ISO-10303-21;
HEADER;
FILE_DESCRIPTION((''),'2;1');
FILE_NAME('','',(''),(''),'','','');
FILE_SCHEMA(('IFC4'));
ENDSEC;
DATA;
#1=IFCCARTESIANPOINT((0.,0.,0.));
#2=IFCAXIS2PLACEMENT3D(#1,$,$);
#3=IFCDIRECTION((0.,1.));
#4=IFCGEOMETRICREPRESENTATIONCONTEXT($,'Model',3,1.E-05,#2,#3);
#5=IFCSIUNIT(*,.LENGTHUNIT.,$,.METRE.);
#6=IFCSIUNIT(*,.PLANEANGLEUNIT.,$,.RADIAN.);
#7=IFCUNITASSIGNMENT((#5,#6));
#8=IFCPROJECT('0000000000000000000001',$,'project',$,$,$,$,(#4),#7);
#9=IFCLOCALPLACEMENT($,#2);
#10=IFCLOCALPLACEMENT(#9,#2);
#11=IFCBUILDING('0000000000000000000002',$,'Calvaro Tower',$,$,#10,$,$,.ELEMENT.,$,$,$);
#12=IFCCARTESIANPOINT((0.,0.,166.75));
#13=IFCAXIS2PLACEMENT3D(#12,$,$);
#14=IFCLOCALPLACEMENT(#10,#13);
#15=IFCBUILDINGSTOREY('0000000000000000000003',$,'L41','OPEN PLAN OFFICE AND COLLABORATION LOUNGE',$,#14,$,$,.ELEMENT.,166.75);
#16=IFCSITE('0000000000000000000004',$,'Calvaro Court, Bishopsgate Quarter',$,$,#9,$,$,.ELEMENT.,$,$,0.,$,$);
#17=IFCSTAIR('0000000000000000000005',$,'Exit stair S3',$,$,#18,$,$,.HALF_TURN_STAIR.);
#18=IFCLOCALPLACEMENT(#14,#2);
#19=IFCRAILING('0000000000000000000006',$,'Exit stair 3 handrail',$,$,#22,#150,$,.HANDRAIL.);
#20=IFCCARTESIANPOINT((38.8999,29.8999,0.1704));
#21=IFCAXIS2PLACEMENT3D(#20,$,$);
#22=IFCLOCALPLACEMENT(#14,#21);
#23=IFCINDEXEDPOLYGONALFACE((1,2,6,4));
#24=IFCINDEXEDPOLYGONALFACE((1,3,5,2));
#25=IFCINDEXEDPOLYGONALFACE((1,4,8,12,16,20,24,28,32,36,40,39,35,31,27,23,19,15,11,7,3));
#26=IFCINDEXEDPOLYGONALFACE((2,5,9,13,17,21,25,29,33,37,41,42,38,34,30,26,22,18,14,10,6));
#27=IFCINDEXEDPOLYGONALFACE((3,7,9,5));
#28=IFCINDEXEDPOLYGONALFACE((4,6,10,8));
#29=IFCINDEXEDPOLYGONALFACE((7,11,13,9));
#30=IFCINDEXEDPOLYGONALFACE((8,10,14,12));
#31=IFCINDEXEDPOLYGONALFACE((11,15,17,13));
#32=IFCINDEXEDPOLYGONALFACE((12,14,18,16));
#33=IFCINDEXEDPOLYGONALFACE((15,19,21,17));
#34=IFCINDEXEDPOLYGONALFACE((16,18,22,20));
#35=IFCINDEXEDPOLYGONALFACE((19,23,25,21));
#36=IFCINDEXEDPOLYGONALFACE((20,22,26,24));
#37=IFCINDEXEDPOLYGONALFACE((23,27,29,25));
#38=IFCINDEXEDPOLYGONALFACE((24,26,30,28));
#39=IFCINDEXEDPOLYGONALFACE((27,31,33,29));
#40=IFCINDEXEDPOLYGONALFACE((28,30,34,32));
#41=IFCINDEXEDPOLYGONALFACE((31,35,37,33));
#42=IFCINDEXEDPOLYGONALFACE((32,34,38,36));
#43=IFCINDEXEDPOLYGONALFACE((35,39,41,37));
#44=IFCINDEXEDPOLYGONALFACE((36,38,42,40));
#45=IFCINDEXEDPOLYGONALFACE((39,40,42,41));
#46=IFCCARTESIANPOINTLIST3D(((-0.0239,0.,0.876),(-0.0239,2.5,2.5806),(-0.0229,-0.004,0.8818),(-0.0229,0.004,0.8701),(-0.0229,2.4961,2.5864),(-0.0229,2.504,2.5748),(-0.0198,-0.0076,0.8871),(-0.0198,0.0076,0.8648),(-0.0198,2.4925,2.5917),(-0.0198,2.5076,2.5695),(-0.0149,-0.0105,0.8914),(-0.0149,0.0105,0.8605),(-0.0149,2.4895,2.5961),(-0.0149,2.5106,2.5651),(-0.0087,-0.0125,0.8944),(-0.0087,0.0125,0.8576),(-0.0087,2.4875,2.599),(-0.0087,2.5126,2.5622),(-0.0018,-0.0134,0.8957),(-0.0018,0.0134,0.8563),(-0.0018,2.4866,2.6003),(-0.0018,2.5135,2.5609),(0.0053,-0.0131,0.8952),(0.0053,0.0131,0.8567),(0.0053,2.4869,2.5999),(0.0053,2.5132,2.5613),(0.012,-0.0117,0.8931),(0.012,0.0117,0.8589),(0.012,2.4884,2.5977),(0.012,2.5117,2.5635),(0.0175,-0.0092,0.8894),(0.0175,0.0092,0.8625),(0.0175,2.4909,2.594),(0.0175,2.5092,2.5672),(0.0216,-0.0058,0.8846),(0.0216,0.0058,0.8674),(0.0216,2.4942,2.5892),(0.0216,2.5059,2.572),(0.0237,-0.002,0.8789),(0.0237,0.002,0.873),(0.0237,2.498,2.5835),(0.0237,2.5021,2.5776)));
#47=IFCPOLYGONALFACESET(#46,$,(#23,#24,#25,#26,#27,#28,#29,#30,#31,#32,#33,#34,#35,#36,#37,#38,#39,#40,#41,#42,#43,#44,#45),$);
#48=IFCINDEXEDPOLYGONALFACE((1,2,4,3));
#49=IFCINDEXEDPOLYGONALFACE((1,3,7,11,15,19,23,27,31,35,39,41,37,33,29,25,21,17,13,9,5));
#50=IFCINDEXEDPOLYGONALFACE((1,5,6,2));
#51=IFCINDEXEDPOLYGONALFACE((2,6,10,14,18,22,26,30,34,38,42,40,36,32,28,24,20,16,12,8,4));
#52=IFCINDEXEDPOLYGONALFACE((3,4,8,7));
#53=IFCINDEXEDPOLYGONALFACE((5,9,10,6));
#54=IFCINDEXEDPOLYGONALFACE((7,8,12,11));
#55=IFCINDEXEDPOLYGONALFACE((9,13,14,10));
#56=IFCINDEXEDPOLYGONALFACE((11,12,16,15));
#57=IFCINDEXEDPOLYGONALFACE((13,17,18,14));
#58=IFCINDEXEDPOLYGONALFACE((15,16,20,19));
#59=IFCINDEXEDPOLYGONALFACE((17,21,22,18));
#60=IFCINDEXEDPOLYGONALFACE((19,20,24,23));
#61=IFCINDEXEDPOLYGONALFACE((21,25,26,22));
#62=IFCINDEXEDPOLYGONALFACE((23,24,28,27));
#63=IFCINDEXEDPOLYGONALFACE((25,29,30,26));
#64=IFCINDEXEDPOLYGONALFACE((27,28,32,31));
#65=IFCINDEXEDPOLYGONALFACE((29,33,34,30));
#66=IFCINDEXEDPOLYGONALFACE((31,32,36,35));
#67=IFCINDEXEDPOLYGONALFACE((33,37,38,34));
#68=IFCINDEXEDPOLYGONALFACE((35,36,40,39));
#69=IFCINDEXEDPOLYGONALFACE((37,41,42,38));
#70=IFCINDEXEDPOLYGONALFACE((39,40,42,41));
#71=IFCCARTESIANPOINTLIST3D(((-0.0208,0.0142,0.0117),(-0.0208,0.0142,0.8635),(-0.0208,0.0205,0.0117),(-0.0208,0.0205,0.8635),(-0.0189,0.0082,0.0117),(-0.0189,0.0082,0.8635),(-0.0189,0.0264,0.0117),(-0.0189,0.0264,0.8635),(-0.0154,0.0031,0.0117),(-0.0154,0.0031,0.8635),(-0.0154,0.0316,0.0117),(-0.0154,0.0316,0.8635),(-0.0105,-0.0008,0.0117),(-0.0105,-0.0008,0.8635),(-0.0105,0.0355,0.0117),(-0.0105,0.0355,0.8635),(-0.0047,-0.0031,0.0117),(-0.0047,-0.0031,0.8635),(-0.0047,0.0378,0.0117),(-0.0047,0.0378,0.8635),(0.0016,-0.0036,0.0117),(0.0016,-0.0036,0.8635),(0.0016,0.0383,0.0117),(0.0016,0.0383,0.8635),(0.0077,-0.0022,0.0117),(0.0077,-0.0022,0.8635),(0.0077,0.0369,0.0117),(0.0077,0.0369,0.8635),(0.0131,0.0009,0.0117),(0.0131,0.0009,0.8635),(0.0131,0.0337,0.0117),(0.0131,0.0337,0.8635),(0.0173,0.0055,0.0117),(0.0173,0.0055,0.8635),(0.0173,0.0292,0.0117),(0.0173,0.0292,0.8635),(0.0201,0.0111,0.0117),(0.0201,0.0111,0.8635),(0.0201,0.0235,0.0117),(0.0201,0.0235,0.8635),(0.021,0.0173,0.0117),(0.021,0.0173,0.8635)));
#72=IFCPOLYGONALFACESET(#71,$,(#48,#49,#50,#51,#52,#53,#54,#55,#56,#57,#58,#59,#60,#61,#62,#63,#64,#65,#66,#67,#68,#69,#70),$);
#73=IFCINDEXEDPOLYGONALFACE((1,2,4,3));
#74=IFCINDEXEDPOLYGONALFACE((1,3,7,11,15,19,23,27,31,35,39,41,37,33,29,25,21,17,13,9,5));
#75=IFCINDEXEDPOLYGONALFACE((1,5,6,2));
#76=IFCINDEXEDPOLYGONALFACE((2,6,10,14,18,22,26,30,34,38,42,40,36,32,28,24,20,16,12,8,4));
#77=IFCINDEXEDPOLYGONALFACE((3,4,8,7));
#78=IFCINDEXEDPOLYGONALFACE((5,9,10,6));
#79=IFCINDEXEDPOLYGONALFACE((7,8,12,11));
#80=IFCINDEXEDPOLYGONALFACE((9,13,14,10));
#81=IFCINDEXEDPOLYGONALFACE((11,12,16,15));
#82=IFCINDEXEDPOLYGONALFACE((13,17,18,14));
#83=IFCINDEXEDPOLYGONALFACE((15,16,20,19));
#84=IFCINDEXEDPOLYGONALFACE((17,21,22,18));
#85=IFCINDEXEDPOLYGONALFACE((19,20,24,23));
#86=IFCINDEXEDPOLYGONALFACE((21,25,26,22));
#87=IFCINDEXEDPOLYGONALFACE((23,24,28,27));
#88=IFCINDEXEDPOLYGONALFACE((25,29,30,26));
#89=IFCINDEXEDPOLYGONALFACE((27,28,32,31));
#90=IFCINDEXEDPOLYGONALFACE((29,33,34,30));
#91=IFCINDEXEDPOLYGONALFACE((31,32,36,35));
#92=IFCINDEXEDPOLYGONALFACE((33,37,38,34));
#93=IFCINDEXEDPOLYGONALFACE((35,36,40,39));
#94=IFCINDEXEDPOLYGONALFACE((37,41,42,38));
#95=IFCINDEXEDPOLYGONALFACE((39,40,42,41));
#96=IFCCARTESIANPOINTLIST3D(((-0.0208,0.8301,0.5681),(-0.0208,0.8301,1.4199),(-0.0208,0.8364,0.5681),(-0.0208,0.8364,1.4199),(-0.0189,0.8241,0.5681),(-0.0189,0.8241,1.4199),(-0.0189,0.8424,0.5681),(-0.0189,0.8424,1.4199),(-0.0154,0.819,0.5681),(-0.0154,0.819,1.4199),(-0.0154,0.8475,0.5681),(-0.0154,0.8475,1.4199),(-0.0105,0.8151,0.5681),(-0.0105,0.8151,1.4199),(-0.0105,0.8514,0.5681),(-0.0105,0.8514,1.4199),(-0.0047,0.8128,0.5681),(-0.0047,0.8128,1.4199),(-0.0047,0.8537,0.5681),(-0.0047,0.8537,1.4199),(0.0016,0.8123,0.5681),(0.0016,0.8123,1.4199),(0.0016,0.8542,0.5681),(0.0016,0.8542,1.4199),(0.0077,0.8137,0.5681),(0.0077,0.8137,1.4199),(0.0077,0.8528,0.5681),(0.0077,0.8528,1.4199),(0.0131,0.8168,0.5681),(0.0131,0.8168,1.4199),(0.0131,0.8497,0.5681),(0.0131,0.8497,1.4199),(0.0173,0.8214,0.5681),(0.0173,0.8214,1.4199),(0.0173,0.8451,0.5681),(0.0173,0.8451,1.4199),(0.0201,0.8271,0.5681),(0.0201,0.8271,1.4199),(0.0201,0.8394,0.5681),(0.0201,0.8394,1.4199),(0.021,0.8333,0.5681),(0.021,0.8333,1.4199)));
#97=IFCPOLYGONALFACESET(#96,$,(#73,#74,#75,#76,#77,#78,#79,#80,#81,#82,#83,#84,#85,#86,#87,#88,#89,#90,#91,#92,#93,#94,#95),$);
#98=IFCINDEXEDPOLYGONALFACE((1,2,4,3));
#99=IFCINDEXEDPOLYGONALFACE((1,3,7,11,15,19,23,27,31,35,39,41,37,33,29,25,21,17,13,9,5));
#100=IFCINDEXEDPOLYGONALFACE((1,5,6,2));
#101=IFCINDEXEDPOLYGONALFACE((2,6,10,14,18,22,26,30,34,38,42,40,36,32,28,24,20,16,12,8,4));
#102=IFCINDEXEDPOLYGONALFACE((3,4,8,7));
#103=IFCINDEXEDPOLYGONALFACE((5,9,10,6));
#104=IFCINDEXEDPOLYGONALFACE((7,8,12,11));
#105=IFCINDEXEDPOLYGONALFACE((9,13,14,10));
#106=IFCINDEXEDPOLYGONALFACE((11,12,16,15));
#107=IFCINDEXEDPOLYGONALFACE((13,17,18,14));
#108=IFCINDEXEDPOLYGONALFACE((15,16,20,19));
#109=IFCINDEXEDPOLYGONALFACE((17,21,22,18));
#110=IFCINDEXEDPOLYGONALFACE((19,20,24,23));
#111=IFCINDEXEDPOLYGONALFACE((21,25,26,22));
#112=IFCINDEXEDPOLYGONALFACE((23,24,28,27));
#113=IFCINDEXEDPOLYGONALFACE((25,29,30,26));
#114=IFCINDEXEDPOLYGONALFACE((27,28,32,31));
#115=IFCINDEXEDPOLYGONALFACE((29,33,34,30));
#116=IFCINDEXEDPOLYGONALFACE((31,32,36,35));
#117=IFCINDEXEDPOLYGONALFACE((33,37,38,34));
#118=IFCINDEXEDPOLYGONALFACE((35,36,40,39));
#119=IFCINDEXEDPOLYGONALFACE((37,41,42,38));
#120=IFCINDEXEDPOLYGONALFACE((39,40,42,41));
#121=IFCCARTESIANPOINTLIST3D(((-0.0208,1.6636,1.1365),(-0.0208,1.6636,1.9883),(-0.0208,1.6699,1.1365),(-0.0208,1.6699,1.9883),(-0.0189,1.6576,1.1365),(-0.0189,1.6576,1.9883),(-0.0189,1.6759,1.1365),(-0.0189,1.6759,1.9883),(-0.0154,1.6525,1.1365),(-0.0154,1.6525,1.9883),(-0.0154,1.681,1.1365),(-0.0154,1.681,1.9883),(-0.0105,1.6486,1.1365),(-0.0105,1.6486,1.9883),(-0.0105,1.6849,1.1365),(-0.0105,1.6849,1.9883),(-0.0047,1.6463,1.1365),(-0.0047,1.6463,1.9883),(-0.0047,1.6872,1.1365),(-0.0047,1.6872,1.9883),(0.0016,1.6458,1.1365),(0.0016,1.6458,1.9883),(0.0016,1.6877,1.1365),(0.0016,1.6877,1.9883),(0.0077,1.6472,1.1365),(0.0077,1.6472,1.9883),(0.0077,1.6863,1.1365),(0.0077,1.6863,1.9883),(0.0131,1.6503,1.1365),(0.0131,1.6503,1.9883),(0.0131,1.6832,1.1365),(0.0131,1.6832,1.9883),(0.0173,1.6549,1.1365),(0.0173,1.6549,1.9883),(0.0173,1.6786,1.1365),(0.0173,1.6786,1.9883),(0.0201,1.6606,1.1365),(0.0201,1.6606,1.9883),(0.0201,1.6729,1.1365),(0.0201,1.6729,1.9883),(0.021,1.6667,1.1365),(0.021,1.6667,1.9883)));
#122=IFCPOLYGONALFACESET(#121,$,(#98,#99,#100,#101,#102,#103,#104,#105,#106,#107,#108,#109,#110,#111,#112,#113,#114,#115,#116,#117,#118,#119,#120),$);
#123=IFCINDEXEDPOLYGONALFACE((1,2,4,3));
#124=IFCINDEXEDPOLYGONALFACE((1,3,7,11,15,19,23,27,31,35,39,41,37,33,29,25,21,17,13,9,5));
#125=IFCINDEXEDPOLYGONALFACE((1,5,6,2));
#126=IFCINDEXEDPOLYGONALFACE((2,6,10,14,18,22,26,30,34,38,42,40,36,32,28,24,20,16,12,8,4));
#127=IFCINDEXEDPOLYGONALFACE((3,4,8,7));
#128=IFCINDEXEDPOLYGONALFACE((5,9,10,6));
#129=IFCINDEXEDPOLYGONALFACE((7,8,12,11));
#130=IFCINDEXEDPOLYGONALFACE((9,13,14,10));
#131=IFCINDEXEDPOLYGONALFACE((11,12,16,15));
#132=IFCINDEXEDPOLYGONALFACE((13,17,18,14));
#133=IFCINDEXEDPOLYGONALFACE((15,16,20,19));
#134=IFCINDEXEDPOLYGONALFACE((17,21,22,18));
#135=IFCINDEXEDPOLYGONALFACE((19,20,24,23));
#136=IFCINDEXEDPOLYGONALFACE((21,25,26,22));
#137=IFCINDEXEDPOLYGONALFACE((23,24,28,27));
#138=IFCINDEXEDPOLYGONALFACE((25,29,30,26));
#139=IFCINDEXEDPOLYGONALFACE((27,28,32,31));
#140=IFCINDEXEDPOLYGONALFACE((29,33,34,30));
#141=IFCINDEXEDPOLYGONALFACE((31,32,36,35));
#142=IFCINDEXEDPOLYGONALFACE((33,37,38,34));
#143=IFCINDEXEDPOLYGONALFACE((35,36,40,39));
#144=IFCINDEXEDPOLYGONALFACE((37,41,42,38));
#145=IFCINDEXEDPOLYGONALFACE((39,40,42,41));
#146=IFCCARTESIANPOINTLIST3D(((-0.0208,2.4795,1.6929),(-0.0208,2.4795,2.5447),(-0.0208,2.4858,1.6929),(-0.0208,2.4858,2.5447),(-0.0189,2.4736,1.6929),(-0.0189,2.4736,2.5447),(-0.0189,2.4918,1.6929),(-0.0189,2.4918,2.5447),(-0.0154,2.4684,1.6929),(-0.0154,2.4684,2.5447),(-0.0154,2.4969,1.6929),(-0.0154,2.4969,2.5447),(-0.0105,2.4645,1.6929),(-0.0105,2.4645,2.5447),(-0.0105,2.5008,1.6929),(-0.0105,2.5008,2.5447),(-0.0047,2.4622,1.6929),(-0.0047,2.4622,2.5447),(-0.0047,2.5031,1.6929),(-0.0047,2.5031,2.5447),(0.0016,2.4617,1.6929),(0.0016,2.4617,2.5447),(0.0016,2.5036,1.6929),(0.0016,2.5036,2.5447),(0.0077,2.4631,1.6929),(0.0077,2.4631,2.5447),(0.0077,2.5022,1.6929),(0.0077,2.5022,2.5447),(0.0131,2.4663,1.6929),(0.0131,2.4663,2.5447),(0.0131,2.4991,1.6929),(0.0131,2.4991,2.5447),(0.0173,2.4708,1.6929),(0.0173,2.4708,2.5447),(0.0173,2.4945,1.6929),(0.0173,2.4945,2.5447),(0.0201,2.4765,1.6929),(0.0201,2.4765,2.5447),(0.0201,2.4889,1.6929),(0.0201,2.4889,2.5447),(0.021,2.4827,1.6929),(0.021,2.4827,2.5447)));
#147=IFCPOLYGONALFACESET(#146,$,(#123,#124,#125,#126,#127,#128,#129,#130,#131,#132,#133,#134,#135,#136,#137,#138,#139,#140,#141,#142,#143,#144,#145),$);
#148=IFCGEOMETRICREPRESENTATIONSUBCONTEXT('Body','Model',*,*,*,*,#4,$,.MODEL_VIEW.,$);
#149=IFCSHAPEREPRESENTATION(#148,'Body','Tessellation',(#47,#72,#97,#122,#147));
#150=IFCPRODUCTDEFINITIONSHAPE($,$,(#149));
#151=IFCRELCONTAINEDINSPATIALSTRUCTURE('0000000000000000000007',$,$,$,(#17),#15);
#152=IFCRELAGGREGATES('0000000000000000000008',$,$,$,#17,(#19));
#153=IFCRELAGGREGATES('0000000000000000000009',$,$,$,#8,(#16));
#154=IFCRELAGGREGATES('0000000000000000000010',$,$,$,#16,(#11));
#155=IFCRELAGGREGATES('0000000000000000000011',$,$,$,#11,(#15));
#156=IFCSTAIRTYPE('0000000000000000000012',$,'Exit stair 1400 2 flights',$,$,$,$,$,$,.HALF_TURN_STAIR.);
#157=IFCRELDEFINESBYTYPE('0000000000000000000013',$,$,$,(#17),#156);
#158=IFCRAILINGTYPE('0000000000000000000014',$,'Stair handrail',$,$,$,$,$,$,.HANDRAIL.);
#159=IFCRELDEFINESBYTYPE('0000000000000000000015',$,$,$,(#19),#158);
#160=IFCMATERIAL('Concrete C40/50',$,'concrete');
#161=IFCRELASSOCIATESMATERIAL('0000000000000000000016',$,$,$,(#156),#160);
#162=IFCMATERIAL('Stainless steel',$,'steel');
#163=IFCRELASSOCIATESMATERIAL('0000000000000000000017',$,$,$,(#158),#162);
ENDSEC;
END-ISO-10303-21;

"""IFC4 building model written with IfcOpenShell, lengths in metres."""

from ifc_helpers import new_model, si_unit, direction, frame, origin, origin_2d, place, context, subcontext, project, spatial, circle, extrude, material, type_object, element, aggregate, save


model = new_model("IFC4")

# Units and contexts
model_context = context("Model", 3, precision=1e-05, world=origin(), true_north=direction((0.0, 1.0)))
body_context = subcontext(model_context, "Body", "Model", "MODEL_VIEW")
ifc_project = project(units=[si_unit("LENGTHUNIT", "METRE"), si_unit("PLANEANGLEUNIT", "RADIAN")], contexts=[model_context])

# Site, building, storey
site_placement = place(None, origin())
site = spatial("IfcSite", under=ifc_project, at=site_placement, Name="Calvaro Court, Bishopsgate Quarter", CompositionType="ELEMENT", RefElevation=0.0)
building_placement = place(site_placement, origin())
building = spatial("IfcBuilding", under=site, at=building_placement, Name="Calvaro Tower", CompositionType="ELEMENT")
storey_placement = place(building_placement, frame((0.0, 0.0, 166.75)))
storey = spatial("IfcBuildingStorey", under=building, at=storey_placement, Name="L41", Description="OPEN PLAN OFFICE AND COLLABORATION LOUNGE", CompositionType="ELEMENT", Elevation=166.75)

# Stair
ifc_material_1 = material(Name="Concrete C40/50", Category="concrete")
stair_type = type_object("IfcStairType", Name="Exit stair 1400 2 flights", PredefinedType="HALF_TURN_STAIR", material=ifc_material_1)
stair_1_placement = place(storey_placement, origin())
stair_1 = element("IfcStair", 1, at=stair_1_placement, inside=storey, type_object=stair_type, Name="Exit stair S3", PredefinedType="HALF_TURN_STAIR")

# Railing
ifc_material_2 = material(Name="Stainless steel", Category="steel")
railing_type = type_object("IfcRailingType", Name="Stair handrail", PredefinedType="HANDRAIL", material=ifc_material_2)
railing_1_placement = place(storey_placement, frame((38.8999, 29.8999, 0.1704)))
railing_1 = element("IfcRailing", 2, at=railing_1_placement, type_object=railing_type, Name="Exit stair 3 handrail", PredefinedType="HANDRAIL", context=body_context, shape_type="SweptSolid", body=[
    extrude(circle(Radius=0.0239, at=origin_2d()), frame((0.0, 0.0, 0.876), z_axis=(0.0, 0.826221, 0.563347), x_axis=(-1.0, 0.0, 0.0)), (0.0, 0.0, 1.0), 3.0259),
    extrude(circle(Radius=0.021, at=origin_2d()), frame((0.0, 0.0173, 0.0117)), (0.0, 0.0, 1.0), 0.8518),
    extrude(circle(Radius=0.021, at=origin_2d()), frame((0.0, 0.8333, 0.5681)), (0.0, 0.0, 1.0), 0.8518),
    extrude(circle(Radius=0.021, at=origin_2d()), frame((0.0, 1.6667, 1.1365)), (0.0, 0.0, 1.0), 0.8518),
    extrude(circle(Radius=0.021, at=origin_2d()), frame((0.0, 2.4827, 1.6929)), (0.0, 0.0, 1.0), 0.8518),
])
aggregate(stair_1, [railing_1])

save(model, "model.ifc")
